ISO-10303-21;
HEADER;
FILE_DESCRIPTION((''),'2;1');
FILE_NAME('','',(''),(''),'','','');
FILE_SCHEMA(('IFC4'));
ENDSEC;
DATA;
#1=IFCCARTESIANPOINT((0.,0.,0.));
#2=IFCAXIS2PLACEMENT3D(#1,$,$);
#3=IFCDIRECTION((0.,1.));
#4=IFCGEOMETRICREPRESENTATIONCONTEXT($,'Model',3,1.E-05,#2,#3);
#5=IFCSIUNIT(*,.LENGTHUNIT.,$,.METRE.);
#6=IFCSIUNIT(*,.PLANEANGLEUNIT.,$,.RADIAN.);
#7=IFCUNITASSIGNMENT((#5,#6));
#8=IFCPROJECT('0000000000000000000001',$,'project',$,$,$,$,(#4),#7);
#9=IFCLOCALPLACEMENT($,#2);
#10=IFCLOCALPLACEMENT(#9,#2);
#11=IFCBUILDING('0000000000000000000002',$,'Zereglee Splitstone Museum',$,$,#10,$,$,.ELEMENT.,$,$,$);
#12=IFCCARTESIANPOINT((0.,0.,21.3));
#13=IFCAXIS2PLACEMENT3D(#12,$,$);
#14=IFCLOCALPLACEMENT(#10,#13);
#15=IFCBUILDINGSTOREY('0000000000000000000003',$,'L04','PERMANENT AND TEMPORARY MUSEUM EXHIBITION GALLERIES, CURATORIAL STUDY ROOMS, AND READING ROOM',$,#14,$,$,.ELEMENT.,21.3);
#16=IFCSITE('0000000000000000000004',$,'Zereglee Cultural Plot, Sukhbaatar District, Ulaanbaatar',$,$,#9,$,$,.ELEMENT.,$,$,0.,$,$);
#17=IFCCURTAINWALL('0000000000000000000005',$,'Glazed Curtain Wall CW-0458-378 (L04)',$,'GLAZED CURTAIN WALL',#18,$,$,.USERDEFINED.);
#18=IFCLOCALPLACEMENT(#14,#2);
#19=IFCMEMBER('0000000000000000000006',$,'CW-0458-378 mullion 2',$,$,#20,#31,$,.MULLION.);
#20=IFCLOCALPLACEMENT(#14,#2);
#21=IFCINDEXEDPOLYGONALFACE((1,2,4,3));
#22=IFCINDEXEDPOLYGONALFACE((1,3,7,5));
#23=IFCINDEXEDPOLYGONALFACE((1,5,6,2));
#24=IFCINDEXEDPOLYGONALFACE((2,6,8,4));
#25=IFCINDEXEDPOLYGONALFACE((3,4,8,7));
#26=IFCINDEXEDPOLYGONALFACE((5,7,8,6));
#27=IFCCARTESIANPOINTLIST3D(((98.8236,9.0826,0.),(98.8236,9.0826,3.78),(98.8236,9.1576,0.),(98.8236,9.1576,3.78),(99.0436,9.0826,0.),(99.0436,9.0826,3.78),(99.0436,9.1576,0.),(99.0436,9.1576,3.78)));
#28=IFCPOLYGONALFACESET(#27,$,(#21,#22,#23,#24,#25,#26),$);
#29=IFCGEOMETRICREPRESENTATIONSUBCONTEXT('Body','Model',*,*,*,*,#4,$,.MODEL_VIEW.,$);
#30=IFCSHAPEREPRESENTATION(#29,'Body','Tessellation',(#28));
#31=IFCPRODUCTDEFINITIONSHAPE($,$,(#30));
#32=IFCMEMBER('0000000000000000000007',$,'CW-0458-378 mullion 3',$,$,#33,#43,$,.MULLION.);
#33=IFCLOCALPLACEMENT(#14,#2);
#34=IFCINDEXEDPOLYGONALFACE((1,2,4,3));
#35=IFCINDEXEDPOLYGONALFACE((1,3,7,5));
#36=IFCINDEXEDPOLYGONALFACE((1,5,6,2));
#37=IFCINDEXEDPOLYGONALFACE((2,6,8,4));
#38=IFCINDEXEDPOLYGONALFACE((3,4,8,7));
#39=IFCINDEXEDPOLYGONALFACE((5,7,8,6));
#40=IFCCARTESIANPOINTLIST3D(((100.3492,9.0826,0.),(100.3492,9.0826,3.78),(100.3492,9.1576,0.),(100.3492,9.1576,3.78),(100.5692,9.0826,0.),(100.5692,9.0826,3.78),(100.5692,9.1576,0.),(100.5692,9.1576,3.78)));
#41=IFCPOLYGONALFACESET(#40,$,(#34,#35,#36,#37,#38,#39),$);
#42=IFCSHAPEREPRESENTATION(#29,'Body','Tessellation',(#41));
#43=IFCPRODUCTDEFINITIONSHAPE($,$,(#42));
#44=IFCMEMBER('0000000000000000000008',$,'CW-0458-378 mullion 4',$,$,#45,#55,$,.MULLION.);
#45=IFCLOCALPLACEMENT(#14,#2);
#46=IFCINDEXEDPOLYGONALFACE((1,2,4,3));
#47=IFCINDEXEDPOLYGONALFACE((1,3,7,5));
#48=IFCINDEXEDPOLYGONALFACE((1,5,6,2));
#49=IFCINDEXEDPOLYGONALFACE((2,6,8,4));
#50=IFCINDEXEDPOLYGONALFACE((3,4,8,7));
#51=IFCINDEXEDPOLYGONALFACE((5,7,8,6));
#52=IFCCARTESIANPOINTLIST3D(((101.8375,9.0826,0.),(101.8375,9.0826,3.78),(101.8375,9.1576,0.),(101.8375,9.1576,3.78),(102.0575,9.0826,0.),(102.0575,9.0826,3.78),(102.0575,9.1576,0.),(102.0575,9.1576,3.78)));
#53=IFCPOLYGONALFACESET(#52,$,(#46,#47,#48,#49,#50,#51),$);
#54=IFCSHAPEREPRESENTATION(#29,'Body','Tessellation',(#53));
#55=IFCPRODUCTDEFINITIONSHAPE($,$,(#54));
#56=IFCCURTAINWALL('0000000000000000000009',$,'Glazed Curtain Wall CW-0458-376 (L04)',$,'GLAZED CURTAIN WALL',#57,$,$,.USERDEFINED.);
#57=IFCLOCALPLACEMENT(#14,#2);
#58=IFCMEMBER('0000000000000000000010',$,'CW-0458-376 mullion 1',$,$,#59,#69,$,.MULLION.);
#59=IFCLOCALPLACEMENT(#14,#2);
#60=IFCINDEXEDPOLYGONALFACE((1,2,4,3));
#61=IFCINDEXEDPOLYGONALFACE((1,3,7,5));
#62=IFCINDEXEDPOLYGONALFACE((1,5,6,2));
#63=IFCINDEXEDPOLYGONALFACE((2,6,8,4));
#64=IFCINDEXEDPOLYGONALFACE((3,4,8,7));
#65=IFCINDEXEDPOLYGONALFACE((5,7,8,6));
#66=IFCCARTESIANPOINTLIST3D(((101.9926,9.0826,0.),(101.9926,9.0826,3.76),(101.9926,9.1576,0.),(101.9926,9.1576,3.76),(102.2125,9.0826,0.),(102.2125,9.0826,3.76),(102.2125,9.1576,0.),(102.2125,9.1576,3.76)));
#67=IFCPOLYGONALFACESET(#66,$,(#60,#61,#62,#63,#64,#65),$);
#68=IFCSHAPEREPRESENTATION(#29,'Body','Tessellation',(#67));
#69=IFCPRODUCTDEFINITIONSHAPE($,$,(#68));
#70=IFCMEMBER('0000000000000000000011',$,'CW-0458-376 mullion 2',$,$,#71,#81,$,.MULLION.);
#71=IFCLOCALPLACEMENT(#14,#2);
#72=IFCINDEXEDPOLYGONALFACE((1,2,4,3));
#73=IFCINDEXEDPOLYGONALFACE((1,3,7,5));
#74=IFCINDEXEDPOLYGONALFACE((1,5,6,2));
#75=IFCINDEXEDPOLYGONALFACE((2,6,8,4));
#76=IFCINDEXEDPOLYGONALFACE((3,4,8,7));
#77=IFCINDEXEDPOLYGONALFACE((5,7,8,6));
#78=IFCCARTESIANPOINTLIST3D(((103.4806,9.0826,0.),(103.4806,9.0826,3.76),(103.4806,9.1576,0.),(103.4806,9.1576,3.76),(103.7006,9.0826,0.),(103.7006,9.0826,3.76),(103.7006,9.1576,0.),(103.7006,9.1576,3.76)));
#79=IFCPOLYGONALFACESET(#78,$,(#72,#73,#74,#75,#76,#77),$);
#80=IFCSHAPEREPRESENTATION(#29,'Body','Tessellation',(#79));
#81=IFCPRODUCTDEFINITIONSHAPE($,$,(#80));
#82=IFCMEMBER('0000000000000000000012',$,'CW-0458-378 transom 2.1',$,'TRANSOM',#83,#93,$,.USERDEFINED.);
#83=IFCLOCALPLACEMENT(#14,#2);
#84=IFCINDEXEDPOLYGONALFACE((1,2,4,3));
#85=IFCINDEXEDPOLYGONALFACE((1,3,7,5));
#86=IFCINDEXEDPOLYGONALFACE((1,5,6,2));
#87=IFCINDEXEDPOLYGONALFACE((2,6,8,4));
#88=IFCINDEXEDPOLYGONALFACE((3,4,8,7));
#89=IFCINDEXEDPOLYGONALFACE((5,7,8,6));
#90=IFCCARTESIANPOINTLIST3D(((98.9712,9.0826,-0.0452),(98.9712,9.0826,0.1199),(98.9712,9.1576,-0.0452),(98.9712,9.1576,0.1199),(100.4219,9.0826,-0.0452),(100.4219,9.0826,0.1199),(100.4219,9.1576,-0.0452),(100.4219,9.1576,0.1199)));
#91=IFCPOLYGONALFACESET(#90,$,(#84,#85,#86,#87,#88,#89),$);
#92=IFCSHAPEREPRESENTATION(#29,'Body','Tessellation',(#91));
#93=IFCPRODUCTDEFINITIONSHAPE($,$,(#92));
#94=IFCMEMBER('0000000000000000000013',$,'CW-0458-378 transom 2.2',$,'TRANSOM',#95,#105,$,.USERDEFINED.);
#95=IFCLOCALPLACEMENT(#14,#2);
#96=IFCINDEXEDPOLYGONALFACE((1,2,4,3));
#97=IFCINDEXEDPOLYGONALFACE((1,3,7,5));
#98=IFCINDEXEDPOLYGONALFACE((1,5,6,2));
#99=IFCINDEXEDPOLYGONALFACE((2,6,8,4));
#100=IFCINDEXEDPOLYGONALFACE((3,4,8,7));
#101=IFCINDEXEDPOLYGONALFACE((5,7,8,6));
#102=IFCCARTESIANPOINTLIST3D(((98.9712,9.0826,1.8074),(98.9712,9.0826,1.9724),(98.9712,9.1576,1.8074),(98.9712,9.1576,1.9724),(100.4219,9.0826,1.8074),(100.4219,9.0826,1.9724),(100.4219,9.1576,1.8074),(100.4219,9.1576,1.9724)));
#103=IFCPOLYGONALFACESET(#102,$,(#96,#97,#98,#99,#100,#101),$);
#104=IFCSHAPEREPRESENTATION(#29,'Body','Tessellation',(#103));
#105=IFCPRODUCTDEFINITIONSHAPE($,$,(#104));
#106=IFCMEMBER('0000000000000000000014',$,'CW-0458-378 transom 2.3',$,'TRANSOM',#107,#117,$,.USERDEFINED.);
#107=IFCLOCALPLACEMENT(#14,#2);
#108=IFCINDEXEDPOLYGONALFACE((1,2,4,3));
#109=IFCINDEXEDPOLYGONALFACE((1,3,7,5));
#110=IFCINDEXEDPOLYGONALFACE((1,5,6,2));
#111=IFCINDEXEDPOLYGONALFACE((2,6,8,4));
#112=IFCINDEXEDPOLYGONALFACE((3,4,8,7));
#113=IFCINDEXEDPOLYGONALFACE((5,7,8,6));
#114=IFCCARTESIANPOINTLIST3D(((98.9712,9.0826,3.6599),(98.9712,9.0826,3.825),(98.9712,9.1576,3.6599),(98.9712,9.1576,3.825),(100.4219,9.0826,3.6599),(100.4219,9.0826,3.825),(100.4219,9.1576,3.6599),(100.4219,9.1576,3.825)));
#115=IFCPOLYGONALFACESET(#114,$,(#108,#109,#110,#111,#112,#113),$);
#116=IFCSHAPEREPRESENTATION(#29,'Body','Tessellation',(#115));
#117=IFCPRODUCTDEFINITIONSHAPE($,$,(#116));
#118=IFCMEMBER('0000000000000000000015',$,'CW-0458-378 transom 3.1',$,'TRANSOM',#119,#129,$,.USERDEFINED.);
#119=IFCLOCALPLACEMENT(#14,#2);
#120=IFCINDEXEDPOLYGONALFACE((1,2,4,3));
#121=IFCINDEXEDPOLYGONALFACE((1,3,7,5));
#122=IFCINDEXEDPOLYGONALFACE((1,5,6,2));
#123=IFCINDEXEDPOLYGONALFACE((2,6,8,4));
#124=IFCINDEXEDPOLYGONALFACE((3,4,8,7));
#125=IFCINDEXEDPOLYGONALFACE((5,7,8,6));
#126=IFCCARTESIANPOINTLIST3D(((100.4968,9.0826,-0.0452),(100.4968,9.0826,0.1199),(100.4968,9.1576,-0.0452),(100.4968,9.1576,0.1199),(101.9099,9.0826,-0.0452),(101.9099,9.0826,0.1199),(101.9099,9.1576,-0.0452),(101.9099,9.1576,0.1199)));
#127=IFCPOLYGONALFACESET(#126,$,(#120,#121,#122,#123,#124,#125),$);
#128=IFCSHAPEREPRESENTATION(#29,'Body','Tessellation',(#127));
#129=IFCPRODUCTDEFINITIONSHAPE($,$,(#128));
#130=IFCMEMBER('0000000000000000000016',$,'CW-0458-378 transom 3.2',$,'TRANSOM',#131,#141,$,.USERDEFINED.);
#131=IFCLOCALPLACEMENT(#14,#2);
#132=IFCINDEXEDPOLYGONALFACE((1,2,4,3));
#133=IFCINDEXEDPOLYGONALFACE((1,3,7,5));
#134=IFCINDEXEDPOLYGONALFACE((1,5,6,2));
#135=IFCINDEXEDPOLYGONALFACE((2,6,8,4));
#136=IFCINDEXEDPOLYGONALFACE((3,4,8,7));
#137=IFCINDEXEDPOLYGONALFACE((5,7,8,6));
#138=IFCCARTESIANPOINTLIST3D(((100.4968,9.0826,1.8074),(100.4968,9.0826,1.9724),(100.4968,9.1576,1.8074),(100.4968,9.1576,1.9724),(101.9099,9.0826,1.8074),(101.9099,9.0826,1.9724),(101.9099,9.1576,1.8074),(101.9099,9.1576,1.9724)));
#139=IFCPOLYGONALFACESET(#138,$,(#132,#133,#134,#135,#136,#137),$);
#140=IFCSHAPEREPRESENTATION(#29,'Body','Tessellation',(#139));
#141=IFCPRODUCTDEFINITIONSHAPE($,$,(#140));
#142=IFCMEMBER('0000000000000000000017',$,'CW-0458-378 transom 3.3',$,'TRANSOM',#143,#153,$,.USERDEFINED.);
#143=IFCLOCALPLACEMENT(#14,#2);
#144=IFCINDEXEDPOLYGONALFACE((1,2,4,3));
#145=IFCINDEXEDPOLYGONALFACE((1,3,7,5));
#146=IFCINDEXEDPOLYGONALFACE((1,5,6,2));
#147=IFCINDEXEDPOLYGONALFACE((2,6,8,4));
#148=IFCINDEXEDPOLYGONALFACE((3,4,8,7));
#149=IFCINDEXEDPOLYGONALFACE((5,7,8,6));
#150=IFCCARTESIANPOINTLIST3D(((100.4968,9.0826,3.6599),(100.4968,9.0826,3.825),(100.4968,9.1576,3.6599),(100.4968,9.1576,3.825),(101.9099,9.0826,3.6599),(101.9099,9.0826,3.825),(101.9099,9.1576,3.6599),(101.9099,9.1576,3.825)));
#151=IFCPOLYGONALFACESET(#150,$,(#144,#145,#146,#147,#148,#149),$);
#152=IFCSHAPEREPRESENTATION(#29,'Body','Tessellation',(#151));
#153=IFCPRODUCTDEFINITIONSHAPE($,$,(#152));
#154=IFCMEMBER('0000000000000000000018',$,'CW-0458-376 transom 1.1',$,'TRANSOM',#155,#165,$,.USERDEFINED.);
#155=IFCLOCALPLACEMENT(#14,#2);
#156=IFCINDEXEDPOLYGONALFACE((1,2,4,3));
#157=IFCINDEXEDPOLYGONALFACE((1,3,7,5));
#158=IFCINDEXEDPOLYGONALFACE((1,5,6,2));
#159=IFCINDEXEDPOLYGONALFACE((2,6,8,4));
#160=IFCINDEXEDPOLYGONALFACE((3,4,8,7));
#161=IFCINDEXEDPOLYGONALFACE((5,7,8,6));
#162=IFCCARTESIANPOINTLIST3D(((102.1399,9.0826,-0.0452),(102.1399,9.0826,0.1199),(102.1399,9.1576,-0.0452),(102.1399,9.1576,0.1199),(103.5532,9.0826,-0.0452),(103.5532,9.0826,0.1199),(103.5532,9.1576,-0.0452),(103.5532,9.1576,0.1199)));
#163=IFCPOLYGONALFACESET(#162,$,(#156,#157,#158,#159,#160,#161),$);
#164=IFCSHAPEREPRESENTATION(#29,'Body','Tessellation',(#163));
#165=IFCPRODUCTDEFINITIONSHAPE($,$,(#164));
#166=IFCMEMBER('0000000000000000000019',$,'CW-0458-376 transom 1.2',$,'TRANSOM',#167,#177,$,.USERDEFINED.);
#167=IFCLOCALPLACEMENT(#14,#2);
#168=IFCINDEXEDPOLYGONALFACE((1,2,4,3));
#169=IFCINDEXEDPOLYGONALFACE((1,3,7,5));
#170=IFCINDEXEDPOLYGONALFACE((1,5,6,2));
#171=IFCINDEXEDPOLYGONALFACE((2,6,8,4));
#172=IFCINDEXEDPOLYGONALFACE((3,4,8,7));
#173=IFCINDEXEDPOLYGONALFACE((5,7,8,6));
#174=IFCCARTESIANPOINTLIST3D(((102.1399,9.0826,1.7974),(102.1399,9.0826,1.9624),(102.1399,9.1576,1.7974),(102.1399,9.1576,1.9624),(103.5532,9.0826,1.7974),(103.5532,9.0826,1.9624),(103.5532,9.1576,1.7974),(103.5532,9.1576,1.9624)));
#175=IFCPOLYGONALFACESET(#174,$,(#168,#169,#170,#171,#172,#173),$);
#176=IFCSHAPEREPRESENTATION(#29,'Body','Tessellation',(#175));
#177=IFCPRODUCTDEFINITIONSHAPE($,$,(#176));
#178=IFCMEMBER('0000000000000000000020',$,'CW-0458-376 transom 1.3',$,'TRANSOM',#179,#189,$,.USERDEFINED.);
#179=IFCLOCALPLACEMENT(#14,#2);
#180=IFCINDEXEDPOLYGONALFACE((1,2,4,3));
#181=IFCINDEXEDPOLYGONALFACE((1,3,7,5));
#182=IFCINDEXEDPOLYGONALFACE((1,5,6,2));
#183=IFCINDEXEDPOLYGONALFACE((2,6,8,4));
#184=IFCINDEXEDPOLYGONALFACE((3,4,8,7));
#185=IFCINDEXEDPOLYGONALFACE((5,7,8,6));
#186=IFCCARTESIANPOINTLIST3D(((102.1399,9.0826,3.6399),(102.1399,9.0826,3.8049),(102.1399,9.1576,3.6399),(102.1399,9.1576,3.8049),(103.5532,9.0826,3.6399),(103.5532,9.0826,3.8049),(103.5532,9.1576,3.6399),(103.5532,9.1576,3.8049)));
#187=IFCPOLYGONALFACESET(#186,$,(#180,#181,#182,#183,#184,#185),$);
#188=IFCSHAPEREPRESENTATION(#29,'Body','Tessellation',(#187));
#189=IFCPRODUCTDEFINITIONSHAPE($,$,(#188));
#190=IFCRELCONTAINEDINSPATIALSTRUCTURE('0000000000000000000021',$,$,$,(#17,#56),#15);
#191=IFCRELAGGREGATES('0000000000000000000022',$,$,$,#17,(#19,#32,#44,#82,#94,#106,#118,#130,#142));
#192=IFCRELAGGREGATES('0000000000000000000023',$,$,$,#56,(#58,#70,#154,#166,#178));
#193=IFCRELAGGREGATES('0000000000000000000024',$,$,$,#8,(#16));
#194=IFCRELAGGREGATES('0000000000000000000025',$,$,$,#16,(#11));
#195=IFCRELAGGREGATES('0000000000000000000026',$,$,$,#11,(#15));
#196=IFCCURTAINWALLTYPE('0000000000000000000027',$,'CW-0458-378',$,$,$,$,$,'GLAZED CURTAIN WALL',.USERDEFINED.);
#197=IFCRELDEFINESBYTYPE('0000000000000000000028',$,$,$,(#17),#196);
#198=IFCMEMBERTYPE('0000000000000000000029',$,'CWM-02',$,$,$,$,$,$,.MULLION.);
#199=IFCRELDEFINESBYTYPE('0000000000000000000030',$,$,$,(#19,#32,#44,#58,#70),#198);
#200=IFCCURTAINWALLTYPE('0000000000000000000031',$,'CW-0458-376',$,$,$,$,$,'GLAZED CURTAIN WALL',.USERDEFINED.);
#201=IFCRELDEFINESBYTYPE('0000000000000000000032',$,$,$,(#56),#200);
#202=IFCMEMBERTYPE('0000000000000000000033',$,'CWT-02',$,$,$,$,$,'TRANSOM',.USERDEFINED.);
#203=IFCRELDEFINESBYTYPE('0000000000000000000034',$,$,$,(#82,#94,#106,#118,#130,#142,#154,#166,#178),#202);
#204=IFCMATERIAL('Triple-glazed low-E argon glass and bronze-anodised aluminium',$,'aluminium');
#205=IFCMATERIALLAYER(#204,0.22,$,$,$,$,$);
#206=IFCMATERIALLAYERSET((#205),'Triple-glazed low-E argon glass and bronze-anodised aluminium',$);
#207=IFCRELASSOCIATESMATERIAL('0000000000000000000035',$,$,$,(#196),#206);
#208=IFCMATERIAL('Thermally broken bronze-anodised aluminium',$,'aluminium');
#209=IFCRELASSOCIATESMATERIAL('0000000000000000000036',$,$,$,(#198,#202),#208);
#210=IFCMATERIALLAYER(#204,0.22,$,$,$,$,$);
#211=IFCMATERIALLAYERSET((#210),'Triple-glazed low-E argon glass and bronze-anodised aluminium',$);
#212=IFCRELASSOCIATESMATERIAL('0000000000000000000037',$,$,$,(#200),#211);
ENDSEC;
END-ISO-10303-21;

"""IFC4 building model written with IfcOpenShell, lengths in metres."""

from ifc_helpers import new_model, si_unit, direction, frame, origin, origin_2d, place, context, subcontext, project, spatial, rectangle, extrude, material, layer, layer_set, material_profile, profile_set, type_object, element, aggregate, save


model = new_model("IFC4")

# Units and contexts
model_context = context("Model", 3, precision=1e-05, world=origin(), true_north=direction((0.0, 1.0)))
body_context = subcontext(model_context, "Body", "Model", "MODEL_VIEW")
ifc_project = project(units=[si_unit("LENGTHUNIT", "METRE"), si_unit("PLANEANGLEUNIT", "RADIAN")], contexts=[model_context])

# Site, building, storey
site_placement = place(None, origin())
site = spatial("IfcSite", under=ifc_project, at=site_placement, Name="Zereglee Cultural Plot, Sukhbaatar District, Ulaanbaatar", CompositionType="ELEMENT", RefElevation=0.0)
building_placement = place(site_placement, origin())
building = spatial("IfcBuilding", under=site, at=building_placement, Name="Zereglee Splitstone Museum", CompositionType="ELEMENT")
storey_placement = place(building_placement, frame((0.0, 0.0, 21.3)))
storey = spatial("IfcBuildingStorey", under=building, at=storey_placement, Name="L04", Description="PERMANENT AND TEMPORARY MUSEUM EXHIBITION GALLERIES, CURATORIAL STUDY ROOMS, AND READING ROOM", CompositionType="ELEMENT", Elevation=21.3)

# Curtain walls, members
ifc_material_1 = material(Name="Triple-glazed low-E argon glass and bronze-anodised aluminium", Category="aluminium")
ifc_layer_1 = layer(ifc_material_1, 0.22)
ifc_layer_set_1 = layer_set([ifc_layer_1], Name="Triple-glazed low-E argon glass and bronze-anodised aluminium")
curtain_wall_type_1 = type_object("IfcCurtainWallType", Name="CW-0458-378", ElementType="GLAZED CURTAIN WALL", PredefinedType="USERDEFINED", material=ifc_layer_set_1)
curtain_wall_1_placement = place(storey_placement, origin())
curtain_wall_1 = element("IfcCurtainWall", 1, at=curtain_wall_1_placement, inside=storey, type_object=curtain_wall_type_1, Name="Glazed Curtain Wall CW-0458-378 (L04)", ObjectType="GLAZED CURTAIN WALL", PredefinedType="USERDEFINED")
ifc_material_2 = material(Name="Thermally broken bronze-anodised aluminium", Category="aluminium")
ifc_material_profile_1 = material_profile(ifc_material_2, rectangle(XDim=0.075, YDim=0.22, at=origin_2d()), Name="CW MULL 75x220")
ifc_profile_set_1 = profile_set([ifc_material_profile_1], Name="Thermally broken bronze-anodised aluminium")
member_type_1 = type_object("IfcMemberType", Name="CWM-02", PredefinedType="MULLION", material=ifc_profile_set_1)
member_1_placement = place(storey_placement, frame((98.9336, 9.1201, 0.0), z_axis=(0.0, 0.0, 1.0), x_axis=(0.0, 1.0, 0.0)))
member_1 = element("IfcMember", 2, at=member_1_placement, type_object=member_type_1, Name="CW-0458-378 mullion 2", PredefinedType="MULLION", context=body_context, shape_type="SweptSolid", body=[
    extrude(rectangle(XDim=0.075, YDim=0.22, at=origin_2d()), origin(), (0.0, 0.0, 1.0), 3.78),
])
member_2_placement = place(storey_placement, frame((100.4592, 9.1201, 0.0), z_axis=(0.0, 0.0, 1.0), x_axis=(0.0, 1.0, 0.0)))
member_2 = element("IfcMember", 3, at=member_2_placement, type_object=member_type_1, Name="CW-0458-378 mullion 3", PredefinedType="MULLION", context=body_context, shape_type="SweptSolid", body=[
    extrude(rectangle(XDim=0.075, YDim=0.22, at=origin_2d()), origin(), (0.0, 0.0, 1.0), 3.78),
])
member_3_placement = place(storey_placement, frame((101.9475, 9.1201, 0.0), z_axis=(0.0, 0.0, 1.0), x_axis=(0.0, 1.0, 0.0)))
member_3 = element("IfcMember", 4, at=member_3_placement, type_object=member_type_1, Name="CW-0458-378 mullion 4", PredefinedType="MULLION", context=body_context, shape_type="SweptSolid", body=[
    extrude(rectangle(XDim=0.075, YDim=0.22, at=origin_2d()), origin(), (0.0, 0.0, 1.0), 3.78),
])
ifc_layer_2 = layer(ifc_material_1, 0.22)
ifc_layer_set_2 = layer_set([ifc_layer_2], Name="Triple-glazed low-E argon glass and bronze-anodised aluminium")
curtain_wall_type_2 = type_object("IfcCurtainWallType", Name="CW-0458-376", ElementType="GLAZED CURTAIN WALL", PredefinedType="USERDEFINED", material=ifc_layer_set_2)
curtain_wall_2_placement = place(storey_placement, origin())
curtain_wall_2 = element("IfcCurtainWall", 5, at=curtain_wall_2_placement, inside=storey, type_object=curtain_wall_type_2, Name="Glazed Curtain Wall CW-0458-376 (L04)", ObjectType="GLAZED CURTAIN WALL", PredefinedType="USERDEFINED")
member_4_placement = place(storey_placement, frame((102.1025, 9.1201, 0.0), z_axis=(0.0, 0.0, 1.0), x_axis=(0.0, 1.0, 0.0)))
member_4 = element("IfcMember", 6, at=member_4_placement, type_object=member_type_1, Name="CW-0458-376 mullion 1", PredefinedType="MULLION", context=body_context, shape_type="SweptSolid", body=[
    extrude(rectangle(XDim=0.075, YDim=0.22, at=origin_2d()), origin(), (0.0, 0.0, 1.0), 3.76),
])
member_5_placement = place(storey_placement, frame((103.5906, 9.1201, 0.0), z_axis=(0.0, 0.0, 1.0), x_axis=(0.0, 1.0, 0.0)))
member_5 = element("IfcMember", 7, at=member_5_placement, type_object=member_type_1, Name="CW-0458-376 mullion 2", PredefinedType="MULLION", context=body_context, shape_type="SweptSolid", body=[
    extrude(rectangle(XDim=0.075, YDim=0.22, at=origin_2d()), origin(), (0.0, 0.0, 1.0), 3.76),
])

# Members
ifc_material_profile_2 = material_profile(ifc_material_2, rectangle(XDim=0.075, YDim=0.165, at=origin_2d()), Name="CW TRAN 75x165")
ifc_profile_set_2 = profile_set([ifc_material_profile_2], Name="Thermally broken bronze-anodised aluminium")
member_type_2 = type_object("IfcMemberType", Name="CWT-02", ElementType="TRANSOM", PredefinedType="USERDEFINED", material=ifc_profile_set_2)
member_6_placement = place(storey_placement, frame((98.9712, 9.1201, 0.0374), z_axis=(1.0, 0.0, 0.0), x_axis=(0.0, 1.0, 0.0)))
member_6 = element("IfcMember", 8, at=member_6_placement, type_object=member_type_2, Name="CW-0458-378 transom 2.1", ObjectType="TRANSOM", PredefinedType="USERDEFINED", context=body_context, shape_type="SweptSolid", body=[
    extrude(rectangle(XDim=0.075, YDim=0.165, at=origin_2d()), origin(), (0.0, 0.0, 1.0), 1.4507),
])
member_7_placement = place(storey_placement, frame((98.9712, 9.1201, 1.8899), z_axis=(1.0, 0.0, 0.0), x_axis=(0.0, 1.0, 0.0)))
member_7 = element("IfcMember", 9, at=member_7_placement, type_object=member_type_2, Name="CW-0458-378 transom 2.2", ObjectType="TRANSOM", PredefinedType="USERDEFINED", context=body_context, shape_type="SweptSolid", body=[
    extrude(rectangle(XDim=0.075, YDim=0.165, at=origin_2d()), origin(), (0.0, 0.0, 1.0), 1.4507),
])
member_8_placement = place(storey_placement, frame((98.9712, 9.1201, 3.7424), z_axis=(1.0, 0.0, 0.0), x_axis=(0.0, 1.0, 0.0)))
member_8 = element("IfcMember", 10, at=member_8_placement, type_object=member_type_2, Name="CW-0458-378 transom 2.3", ObjectType="TRANSOM", PredefinedType="USERDEFINED", context=body_context, shape_type="SweptSolid", body=[
    extrude(rectangle(XDim=0.075, YDim=0.165, at=origin_2d()), origin(), (0.0, 0.0, 1.0), 1.4507),
])
member_9_placement = place(storey_placement, frame((100.4968, 9.1201, 0.0374), z_axis=(1.0, 0.0, 0.0), x_axis=(0.0, 1.0, 0.0)))
member_9 = element("IfcMember", 11, at=member_9_placement, type_object=member_type_2, Name="CW-0458-378 transom 3.1", ObjectType="TRANSOM", PredefinedType="USERDEFINED", context=body_context, shape_type="SweptSolid", body=[
    extrude(rectangle(XDim=0.075, YDim=0.165, at=origin_2d()), origin(), (0.0, 0.0, 1.0), 1.4131),
])
member_10_placement = place(storey_placement, frame((100.4968, 9.1201, 1.8899), z_axis=(1.0, 0.0, 0.0), x_axis=(0.0, 1.0, 0.0)))
member_10 = element("IfcMember", 12, at=member_10_placement, type_object=member_type_2, Name="CW-0458-378 transom 3.2", ObjectType="TRANSOM", PredefinedType="USERDEFINED", context=body_context, shape_type="SweptSolid", body=[
    extrude(rectangle(XDim=0.075, YDim=0.165, at=origin_2d()), origin(), (0.0, 0.0, 1.0), 1.4131),
])
member_11_placement = place(storey_placement, frame((100.4968, 9.1201, 3.7424), z_axis=(1.0, 0.0, 0.0), x_axis=(0.0, 1.0, 0.0)))
member_11 = element("IfcMember", 13, at=member_11_placement, type_object=member_type_2, Name="CW-0458-378 transom 3.3", ObjectType="TRANSOM", PredefinedType="USERDEFINED", context=body_context, shape_type="SweptSolid", body=[
    extrude(rectangle(XDim=0.075, YDim=0.165, at=origin_2d()), origin(), (0.0, 0.0, 1.0), 1.4131),
])
member_12_placement = place(storey_placement, frame((102.1399, 9.1201, 0.0374), z_axis=(1.0, 0.0, 0.0), x_axis=(0.0, 1.0, 0.0)))
member_12 = element("IfcMember", 14, at=member_12_placement, type_object=member_type_2, Name="CW-0458-376 transom 1.1", ObjectType="TRANSOM", PredefinedType="USERDEFINED", context=body_context, shape_type="SweptSolid", body=[
    extrude(rectangle(XDim=0.075, YDim=0.165, at=origin_2d()), origin(), (0.0, 0.0, 1.0), 1.4133),
])
member_13_placement = place(storey_placement, frame((102.1399, 9.1201, 1.8799), z_axis=(1.0, 0.0, 0.0), x_axis=(0.0, 1.0, 0.0)))
member_13 = element("IfcMember", 15, at=member_13_placement, type_object=member_type_2, Name="CW-0458-376 transom 1.2", ObjectType="TRANSOM", PredefinedType="USERDEFINED", context=body_context, shape_type="SweptSolid", body=[
    extrude(rectangle(XDim=0.075, YDim=0.165, at=origin_2d()), origin(), (0.0, 0.0, 1.0), 1.4133),
])
member_14_placement = place(storey_placement, frame((102.1399, 9.1201, 3.7224), z_axis=(1.0, 0.0, 0.0), x_axis=(0.0, 1.0, 0.0)))
member_14 = element("IfcMember", 16, at=member_14_placement, type_object=member_type_2, Name="CW-0458-376 transom 1.3", ObjectType="TRANSOM", PredefinedType="USERDEFINED", context=body_context, shape_type="SweptSolid", body=[
    extrude(rectangle(XDim=0.075, YDim=0.165, at=origin_2d()), origin(), (0.0, 0.0, 1.0), 1.4133),
])

aggregate(curtain_wall_1, [member_1, member_2, member_3, member_6, member_7, member_8, member_9, member_10, member_11])
aggregate(curtain_wall_2, [member_4, member_5, member_12, member_13, member_14])

save(model, "model.ifc")
